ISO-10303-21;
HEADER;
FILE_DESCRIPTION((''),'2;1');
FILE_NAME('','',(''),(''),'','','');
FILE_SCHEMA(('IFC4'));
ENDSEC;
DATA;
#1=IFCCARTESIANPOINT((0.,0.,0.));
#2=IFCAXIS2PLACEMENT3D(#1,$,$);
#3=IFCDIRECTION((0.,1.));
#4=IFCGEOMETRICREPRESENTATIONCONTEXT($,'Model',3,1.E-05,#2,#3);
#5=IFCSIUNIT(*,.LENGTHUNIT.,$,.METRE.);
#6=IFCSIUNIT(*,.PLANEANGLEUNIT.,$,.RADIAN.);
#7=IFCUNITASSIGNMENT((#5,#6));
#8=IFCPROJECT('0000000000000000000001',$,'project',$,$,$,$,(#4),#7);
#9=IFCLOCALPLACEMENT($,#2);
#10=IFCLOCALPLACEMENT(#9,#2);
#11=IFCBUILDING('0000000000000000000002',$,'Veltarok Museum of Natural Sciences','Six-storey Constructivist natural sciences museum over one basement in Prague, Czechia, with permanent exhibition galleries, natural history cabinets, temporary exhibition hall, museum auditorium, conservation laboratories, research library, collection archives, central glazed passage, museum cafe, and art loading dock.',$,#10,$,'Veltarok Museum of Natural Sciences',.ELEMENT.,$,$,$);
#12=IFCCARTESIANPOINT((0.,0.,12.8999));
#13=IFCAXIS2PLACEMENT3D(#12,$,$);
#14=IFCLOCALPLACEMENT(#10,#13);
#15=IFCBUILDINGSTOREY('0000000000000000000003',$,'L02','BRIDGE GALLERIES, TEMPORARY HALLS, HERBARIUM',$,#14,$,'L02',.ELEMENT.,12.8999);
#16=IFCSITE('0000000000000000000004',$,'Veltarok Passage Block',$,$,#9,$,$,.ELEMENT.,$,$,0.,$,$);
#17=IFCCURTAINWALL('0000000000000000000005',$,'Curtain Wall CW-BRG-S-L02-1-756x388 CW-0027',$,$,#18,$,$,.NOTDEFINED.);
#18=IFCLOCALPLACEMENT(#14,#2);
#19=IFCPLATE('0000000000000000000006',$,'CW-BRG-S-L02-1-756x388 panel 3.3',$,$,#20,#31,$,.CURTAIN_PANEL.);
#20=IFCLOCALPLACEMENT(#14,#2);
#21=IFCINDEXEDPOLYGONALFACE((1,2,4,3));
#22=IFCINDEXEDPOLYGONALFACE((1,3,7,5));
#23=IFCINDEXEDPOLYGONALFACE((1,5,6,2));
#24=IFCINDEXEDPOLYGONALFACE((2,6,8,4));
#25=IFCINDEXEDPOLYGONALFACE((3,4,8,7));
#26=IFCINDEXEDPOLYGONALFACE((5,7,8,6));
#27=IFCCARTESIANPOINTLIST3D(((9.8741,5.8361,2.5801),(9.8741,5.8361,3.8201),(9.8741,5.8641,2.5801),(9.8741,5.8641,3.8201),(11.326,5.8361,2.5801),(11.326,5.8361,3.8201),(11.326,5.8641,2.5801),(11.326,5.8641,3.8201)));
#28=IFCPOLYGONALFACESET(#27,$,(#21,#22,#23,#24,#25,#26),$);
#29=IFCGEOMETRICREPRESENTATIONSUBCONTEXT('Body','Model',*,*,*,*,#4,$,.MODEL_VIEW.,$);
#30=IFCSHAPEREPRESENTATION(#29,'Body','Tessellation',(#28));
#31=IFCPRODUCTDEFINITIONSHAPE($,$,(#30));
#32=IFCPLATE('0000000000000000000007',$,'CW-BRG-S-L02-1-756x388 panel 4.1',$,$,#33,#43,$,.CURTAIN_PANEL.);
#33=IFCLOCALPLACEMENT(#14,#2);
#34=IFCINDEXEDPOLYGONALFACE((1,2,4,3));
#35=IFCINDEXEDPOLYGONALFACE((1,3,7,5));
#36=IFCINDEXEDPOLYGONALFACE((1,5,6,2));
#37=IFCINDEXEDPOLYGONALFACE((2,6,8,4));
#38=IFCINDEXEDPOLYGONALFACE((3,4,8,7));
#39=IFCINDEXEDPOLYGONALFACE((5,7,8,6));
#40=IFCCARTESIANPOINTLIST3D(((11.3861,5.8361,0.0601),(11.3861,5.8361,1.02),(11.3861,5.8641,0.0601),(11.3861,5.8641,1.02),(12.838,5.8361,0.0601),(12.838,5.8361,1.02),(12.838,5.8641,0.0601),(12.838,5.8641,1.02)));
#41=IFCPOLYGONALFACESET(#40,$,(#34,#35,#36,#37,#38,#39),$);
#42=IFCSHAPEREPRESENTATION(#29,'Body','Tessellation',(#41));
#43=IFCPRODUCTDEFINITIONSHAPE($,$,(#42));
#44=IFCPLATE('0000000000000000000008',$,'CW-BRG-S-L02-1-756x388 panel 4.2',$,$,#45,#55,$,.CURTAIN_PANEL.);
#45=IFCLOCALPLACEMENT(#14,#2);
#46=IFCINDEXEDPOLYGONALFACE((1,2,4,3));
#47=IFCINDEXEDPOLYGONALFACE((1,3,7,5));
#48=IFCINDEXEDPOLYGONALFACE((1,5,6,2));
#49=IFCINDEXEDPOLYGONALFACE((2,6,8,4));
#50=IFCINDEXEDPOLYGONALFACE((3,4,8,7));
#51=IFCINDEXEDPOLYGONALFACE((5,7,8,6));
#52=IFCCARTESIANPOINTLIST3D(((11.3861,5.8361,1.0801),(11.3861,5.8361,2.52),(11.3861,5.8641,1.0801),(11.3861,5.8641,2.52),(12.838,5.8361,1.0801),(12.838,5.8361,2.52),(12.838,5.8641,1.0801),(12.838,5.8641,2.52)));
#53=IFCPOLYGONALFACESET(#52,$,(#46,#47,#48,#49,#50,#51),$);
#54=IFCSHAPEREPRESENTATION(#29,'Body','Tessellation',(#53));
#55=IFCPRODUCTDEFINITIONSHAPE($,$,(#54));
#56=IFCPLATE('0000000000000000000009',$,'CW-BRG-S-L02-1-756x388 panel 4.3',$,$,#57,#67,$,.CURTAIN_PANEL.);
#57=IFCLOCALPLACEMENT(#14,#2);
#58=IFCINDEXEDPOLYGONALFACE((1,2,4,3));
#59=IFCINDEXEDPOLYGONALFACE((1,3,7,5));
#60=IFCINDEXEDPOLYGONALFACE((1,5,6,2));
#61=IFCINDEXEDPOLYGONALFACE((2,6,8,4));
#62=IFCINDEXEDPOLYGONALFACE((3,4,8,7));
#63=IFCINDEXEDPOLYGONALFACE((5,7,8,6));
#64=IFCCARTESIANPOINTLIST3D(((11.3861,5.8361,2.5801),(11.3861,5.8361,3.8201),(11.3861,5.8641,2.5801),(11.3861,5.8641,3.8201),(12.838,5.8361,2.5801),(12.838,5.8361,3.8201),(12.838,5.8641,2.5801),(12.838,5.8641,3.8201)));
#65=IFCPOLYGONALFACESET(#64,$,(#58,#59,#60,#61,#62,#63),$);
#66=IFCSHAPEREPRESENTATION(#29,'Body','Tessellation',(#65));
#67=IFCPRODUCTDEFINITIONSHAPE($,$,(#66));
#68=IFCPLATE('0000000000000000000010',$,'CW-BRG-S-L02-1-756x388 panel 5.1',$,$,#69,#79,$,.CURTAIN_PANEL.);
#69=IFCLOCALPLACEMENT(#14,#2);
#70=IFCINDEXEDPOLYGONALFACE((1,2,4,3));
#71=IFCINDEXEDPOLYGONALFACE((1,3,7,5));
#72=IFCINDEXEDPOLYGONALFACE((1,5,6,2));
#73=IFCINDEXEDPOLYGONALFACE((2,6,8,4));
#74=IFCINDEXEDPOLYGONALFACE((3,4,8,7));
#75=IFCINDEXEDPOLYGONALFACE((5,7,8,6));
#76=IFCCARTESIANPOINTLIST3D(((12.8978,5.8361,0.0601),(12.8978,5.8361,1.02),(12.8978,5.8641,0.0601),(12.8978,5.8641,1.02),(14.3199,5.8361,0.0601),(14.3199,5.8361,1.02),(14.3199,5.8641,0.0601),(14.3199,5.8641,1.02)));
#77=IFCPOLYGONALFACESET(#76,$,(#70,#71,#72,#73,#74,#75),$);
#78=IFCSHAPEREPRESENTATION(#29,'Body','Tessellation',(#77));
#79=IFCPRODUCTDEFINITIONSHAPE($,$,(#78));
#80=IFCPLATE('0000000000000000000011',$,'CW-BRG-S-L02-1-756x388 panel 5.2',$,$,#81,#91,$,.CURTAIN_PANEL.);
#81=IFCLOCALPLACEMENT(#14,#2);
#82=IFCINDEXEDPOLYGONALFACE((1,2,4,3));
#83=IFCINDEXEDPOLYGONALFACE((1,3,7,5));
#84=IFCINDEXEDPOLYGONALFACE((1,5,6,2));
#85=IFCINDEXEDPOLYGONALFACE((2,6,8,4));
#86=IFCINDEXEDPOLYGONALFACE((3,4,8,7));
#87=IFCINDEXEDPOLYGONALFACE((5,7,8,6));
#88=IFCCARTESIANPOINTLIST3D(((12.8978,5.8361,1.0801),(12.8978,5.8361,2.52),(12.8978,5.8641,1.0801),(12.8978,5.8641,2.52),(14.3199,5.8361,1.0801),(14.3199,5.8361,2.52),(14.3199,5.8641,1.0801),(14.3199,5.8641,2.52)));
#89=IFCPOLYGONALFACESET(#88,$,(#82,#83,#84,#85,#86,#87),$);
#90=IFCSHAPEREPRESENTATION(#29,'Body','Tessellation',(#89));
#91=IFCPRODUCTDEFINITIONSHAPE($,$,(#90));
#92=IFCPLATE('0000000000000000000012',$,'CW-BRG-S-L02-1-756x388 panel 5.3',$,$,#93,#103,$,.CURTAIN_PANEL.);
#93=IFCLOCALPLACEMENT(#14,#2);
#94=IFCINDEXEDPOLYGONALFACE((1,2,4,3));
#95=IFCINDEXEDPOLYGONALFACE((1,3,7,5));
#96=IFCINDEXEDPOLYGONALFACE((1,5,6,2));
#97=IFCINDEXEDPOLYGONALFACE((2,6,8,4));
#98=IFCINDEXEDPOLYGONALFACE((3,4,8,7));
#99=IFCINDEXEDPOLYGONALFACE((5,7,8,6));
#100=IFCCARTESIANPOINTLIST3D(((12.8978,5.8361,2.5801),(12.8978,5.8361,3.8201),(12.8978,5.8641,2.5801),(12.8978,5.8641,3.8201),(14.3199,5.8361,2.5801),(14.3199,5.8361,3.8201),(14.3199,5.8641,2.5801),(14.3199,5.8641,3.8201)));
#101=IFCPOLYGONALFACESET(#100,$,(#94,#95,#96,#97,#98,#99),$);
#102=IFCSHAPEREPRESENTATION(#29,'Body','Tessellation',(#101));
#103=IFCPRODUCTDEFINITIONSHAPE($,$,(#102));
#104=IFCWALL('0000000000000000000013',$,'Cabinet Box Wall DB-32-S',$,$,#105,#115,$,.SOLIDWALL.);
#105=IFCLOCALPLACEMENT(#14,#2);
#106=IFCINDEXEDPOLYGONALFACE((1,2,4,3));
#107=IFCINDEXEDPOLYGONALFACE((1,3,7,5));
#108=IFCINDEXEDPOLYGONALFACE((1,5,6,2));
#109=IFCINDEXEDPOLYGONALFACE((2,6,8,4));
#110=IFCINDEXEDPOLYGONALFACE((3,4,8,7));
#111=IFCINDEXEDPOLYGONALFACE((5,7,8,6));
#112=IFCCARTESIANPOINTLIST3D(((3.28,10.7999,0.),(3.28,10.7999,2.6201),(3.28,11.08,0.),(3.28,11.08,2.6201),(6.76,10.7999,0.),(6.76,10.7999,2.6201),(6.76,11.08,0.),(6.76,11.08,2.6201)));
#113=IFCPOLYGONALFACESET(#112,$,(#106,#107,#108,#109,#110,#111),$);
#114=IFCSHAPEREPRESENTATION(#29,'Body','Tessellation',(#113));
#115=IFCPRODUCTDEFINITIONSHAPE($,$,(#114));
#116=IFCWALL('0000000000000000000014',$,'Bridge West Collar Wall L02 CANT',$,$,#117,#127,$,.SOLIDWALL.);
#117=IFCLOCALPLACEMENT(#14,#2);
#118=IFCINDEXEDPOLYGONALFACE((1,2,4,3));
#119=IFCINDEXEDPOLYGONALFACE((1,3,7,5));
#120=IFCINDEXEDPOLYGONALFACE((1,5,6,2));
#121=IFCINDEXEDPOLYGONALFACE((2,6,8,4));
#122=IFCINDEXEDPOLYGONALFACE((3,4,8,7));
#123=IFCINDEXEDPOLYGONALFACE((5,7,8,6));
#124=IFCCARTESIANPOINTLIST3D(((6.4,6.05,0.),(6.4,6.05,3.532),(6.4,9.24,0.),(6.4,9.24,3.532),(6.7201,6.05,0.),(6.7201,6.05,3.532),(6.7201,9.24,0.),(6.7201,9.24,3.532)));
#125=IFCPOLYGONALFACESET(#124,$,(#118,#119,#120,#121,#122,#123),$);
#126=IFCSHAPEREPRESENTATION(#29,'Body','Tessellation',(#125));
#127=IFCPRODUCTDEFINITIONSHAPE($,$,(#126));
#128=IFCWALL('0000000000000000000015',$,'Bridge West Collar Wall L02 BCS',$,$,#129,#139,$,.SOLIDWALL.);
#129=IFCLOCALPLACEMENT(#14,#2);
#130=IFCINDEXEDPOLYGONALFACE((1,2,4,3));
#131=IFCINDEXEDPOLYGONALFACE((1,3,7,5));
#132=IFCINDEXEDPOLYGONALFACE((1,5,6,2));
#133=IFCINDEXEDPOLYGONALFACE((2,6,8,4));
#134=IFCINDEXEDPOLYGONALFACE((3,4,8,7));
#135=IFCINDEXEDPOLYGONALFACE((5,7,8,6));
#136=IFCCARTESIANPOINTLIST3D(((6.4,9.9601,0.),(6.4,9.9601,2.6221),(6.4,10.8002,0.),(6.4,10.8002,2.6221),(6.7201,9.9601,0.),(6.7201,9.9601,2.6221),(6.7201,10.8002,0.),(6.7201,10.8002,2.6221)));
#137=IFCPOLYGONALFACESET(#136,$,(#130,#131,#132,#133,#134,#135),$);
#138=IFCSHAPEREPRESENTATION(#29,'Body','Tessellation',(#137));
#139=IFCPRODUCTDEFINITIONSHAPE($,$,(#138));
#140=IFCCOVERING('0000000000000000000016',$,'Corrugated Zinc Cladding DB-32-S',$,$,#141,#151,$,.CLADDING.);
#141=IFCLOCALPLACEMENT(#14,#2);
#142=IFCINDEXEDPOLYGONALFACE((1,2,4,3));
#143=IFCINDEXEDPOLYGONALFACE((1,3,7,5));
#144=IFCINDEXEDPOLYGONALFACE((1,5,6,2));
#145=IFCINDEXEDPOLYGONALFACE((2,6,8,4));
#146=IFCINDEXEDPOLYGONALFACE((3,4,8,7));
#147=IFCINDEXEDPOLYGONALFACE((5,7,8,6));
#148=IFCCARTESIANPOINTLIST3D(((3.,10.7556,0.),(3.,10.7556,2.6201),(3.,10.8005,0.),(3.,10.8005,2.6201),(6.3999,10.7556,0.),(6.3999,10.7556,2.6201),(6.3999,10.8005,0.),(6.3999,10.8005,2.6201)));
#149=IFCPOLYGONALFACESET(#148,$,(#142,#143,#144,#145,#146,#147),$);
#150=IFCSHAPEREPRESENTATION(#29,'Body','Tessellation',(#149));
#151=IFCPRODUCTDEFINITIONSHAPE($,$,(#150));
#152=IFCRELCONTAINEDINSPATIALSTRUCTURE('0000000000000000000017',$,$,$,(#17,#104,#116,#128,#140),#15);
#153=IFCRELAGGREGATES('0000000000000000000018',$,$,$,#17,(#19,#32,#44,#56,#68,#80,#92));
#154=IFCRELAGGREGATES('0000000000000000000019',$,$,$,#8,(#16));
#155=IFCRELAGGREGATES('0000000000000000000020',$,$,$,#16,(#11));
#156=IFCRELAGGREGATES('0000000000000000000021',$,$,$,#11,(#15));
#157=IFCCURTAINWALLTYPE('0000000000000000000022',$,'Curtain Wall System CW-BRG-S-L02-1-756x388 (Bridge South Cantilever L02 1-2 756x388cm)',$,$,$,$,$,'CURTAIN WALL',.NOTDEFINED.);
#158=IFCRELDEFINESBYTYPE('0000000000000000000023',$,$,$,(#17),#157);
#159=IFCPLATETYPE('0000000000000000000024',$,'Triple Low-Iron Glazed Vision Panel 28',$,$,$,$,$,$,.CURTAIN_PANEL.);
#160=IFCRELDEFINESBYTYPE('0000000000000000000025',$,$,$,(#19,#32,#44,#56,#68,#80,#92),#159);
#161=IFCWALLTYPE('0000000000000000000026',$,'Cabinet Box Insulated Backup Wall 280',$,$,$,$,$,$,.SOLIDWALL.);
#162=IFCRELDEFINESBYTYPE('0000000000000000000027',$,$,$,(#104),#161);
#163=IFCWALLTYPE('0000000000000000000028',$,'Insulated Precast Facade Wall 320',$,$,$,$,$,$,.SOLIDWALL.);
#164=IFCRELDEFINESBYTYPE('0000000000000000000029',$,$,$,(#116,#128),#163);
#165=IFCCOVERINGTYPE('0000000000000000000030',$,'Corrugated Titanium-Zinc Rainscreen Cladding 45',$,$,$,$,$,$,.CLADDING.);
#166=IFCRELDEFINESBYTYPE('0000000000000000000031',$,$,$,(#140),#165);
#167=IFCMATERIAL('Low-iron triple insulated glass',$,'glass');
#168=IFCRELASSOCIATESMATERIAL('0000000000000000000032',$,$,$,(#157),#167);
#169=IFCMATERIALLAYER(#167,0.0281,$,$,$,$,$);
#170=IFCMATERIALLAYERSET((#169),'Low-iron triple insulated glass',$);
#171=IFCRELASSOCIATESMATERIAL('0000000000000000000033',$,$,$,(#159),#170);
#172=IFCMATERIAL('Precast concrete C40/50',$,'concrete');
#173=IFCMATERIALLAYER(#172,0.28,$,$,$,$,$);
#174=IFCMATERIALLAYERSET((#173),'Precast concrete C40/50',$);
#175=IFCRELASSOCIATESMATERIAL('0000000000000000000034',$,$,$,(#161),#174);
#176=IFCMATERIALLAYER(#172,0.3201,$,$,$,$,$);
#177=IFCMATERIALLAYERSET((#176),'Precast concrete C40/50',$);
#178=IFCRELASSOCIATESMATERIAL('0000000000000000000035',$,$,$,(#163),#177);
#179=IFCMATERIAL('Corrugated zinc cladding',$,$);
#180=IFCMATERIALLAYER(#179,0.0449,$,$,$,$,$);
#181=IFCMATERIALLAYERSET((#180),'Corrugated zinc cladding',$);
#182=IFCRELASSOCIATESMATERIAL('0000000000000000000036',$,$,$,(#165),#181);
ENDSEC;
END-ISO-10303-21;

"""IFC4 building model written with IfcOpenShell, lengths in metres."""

from ifc_helpers import new_model, si_unit, direction, frame, frame_2d, origin, origin_2d, place, context, subcontext, project, spatial, rectangle, extrude, material, layer, layer_set, type_object, element, aggregate, save


model = new_model("IFC4")

# Units and contexts
model_context = context("Model", 3, precision=1e-05, world=origin(), true_north=direction((0.0, 1.0)))
body_context = subcontext(model_context, "Body", "Model", "MODEL_VIEW")
ifc_project = project(units=[si_unit("LENGTHUNIT", "METRE"), si_unit("PLANEANGLEUNIT", "RADIAN")], contexts=[model_context])

# Site, building, storey
site_placement = place(None, origin())
site = spatial("IfcSite", under=ifc_project, at=site_placement, Name="Veltarok Passage Block", CompositionType="ELEMENT", RefElevation=0.0)
building_placement = place(site_placement, origin())
building = spatial("IfcBuilding", under=site, at=building_placement, Name="Veltarok Museum of Natural Sciences", Description="Six-storey Constructivist natural sciences museum over one basement in Prague, Czechia, with permanent exhibition galleries, natural history cabinets, temporary exhibition hall, museum auditorium, conservation laboratories, research library, collection archives, central glazed passage, museum cafe, and art loading dock.", LongName="Veltarok Museum of Natural Sciences", CompositionType="ELEMENT")
storey_placement = place(building_placement, frame((0.0, 0.0, 12.8999)))
storey = spatial("IfcBuildingStorey", under=building, at=storey_placement, Name="L02", Description="BRIDGE GALLERIES, TEMPORARY HALLS, HERBARIUM", LongName="L02", CompositionType="ELEMENT", Elevation=12.8999)

# Curtain wall
ifc_material_1 = material(Name="Low-iron triple insulated glass", Category="glass")
curtain_wall_type = type_object("IfcCurtainWallType", Name="Curtain Wall System CW-BRG-S-L02-1-756x388 (Bridge South Cantilever L02 1-2 756x388cm)", ElementType="CURTAIN WALL", PredefinedType="NOTDEFINED", material=ifc_material_1)
curtain_wall_placement = place(storey_placement, origin())
curtain_wall = element("IfcCurtainWall", 1, at=curtain_wall_placement, inside=storey, type_object=curtain_wall_type, Name="Curtain Wall CW-BRG-S-L02-1-756x388 CW-0027", PredefinedType="NOTDEFINED")

# Plates
ifc_layer_1 = layer(ifc_material_1, 0.0281)
ifc_layer_set_1 = layer_set([ifc_layer_1], Name="Low-iron triple insulated glass")
plate_type_1 = type_object("IfcPlateType", Name="Triple Low-Iron Glazed Vision Panel 28", PredefinedType="CURTAIN_PANEL", material=ifc_layer_set_1)
plate_1_placement = place(storey_placement, frame((10.6001, 5.8501, 2.5801), z_axis=(0.0, 0.0, 1.0), x_axis=(1.0, 0.0, 0.0)))
plate_1 = element("IfcPlate", 2, at=plate_1_placement, type_object=plate_type_1, Name="CW-BRG-S-L02-1-756x388 panel 3.3", PredefinedType="CURTAIN_PANEL", context=body_context, shape_type="SweptSolid", body=[
    extrude(rectangle(XDim=1.4519, YDim=0.0281, at=origin_2d()), origin(), (0.0, 0.0, 1.0), 1.24),
])
plate_2_placement = place(storey_placement, frame((12.1121, 5.8501, 0.0601), z_axis=(0.0, 0.0, 1.0), x_axis=(1.0, 0.0, 0.0)))
plate_2 = element("IfcPlate", 3, at=plate_2_placement, type_object=plate_type_1, Name="CW-BRG-S-L02-1-756x388 panel 4.1", PredefinedType="CURTAIN_PANEL", context=body_context, shape_type="SweptSolid", body=[
    extrude(rectangle(XDim=1.4519, YDim=0.0281, at=origin_2d()), origin(), (0.0, 0.0, 1.0), 0.96),
])
plate_3_placement = place(storey_placement, frame((12.1121, 5.8501, 1.0801), z_axis=(0.0, 0.0, 1.0), x_axis=(1.0, 0.0, 0.0)))
plate_3 = element("IfcPlate", 4, at=plate_3_placement, type_object=plate_type_1, Name="CW-BRG-S-L02-1-756x388 panel 4.2", PredefinedType="CURTAIN_PANEL", context=body_context, shape_type="SweptSolid", body=[
    extrude(rectangle(XDim=1.4519, YDim=0.0281, at=origin_2d()), origin(), (0.0, 0.0, 1.0), 1.4399),
])
plate_4_placement = place(storey_placement, frame((12.1121, 5.8501, 2.5801), z_axis=(0.0, 0.0, 1.0), x_axis=(1.0, 0.0, 0.0)))
plate_4 = element("IfcPlate", 5, at=plate_4_placement, type_object=plate_type_1, Name="CW-BRG-S-L02-1-756x388 panel 4.3", PredefinedType="CURTAIN_PANEL", context=body_context, shape_type="SweptSolid", body=[
    extrude(rectangle(XDim=1.4519, YDim=0.0281, at=origin_2d()), origin(), (0.0, 0.0, 1.0), 1.24),
])
plate_5_placement = place(storey_placement, frame((13.6089, 5.8501, 0.0601), z_axis=(0.0, 0.0, 1.0), x_axis=(1.0, 0.0, 0.0)))
plate_5 = element("IfcPlate", 6, at=plate_5_placement, type_object=plate_type_1, Name="CW-BRG-S-L02-1-756x388 panel 5.1", PredefinedType="CURTAIN_PANEL", context=body_context, shape_type="SweptSolid", body=[
    extrude(rectangle(XDim=1.4221, YDim=0.0281, at=origin_2d()), origin(), (0.0, 0.0, 1.0), 0.96),
])
plate_6_placement = place(storey_placement, frame((13.6089, 5.8501, 1.0801), z_axis=(0.0, 0.0, 1.0), x_axis=(1.0, 0.0, 0.0)))
plate_6 = element("IfcPlate", 7, at=plate_6_placement, type_object=plate_type_1, Name="CW-BRG-S-L02-1-756x388 panel 5.2", PredefinedType="CURTAIN_PANEL", context=body_context, shape_type="SweptSolid", body=[
    extrude(rectangle(XDim=1.4221, YDim=0.0281, at=origin_2d()), origin(), (0.0, 0.0, 1.0), 1.4399),
])
plate_7_placement = place(storey_placement, frame((13.6089, 5.8501, 2.5801), z_axis=(0.0, 0.0, 1.0), x_axis=(1.0, 0.0, 0.0)))
plate_7 = element("IfcPlate", 8, at=plate_7_placement, type_object=plate_type_1, Name="CW-BRG-S-L02-1-756x388 panel 5.3", PredefinedType="CURTAIN_PANEL", context=body_context, shape_type="SweptSolid", body=[
    extrude(rectangle(XDim=1.4221, YDim=0.0281, at=origin_2d()), origin(), (0.0, 0.0, 1.0), 1.24),
])
aggregate(curtain_wall, [plate_1, plate_2, plate_3, plate_4, plate_5, plate_6, plate_7])

# Walls
ifc_material_2 = material(Name="Precast concrete C40/50", Category="concrete")
ifc_layer_2 = layer(ifc_material_2, 0.28)
ifc_layer_set_2 = layer_set([ifc_layer_2], Name="Precast concrete C40/50")
wall_type_1 = type_object("IfcWallType", Name="Cabinet Box Insulated Backup Wall 280", PredefinedType="SOLIDWALL", material=ifc_layer_set_2)
wall_1_placement = place(storey_placement, frame((3.28, 10.9399, 0.0), z_axis=(0.0, 0.0, 1.0), x_axis=(1.0, 0.0, 0.0)))
element("IfcWall", 9, at=wall_1_placement, inside=storey, type_object=wall_type_1, Name="Cabinet Box Wall DB-32-S", PredefinedType="SOLIDWALL", context=body_context, shape_type="SweptSolid", body=[
    extrude(rectangle(XDim=3.48, YDim=0.28, at=frame_2d((1.74, 0.0))), origin(), (0.0, 0.0, 1.0), 2.6201),
])
ifc_layer_3 = layer(ifc_material_2, 0.3201)
ifc_layer_set_3 = layer_set([ifc_layer_3], Name="Precast concrete C40/50")
wall_type_2 = type_object("IfcWallType", Name="Insulated Precast Facade Wall 320", PredefinedType="SOLIDWALL", material=ifc_layer_set_3)
wall_2_placement = place(storey_placement, frame((6.5601, 9.24, 0.0), z_axis=(0.0, 0.0, 1.0), x_axis=(0.0, -1.0, 0.0)))
element("IfcWall", 10, at=wall_2_placement, inside=storey, type_object=wall_type_2, Name="Bridge West Collar Wall L02 CANT", PredefinedType="SOLIDWALL", context=body_context, shape_type="SweptSolid", body=[
    extrude(rectangle(XDim=3.1899, YDim=0.3201, at=frame_2d((1.595, 0.0))), origin(), (0.0, 0.0, 1.0), 3.532),
])
wall_3_placement = place(storey_placement, frame((6.5601, 10.8, 0.0), z_axis=(0.0, 0.0, 1.0), x_axis=(0.0, -1.0, 0.0)))
element("IfcWall", 11, at=wall_3_placement, inside=storey, type_object=wall_type_2, Name="Bridge West Collar Wall L02 BCS", PredefinedType="SOLIDWALL", context=body_context, shape_type="SweptSolid", body=[
    extrude(rectangle(XDim=0.8401, YDim=0.3201, at=frame_2d((0.4199, 0.0))), origin(), (0.0, 0.0, 1.0), 2.6221),
])

# Covering
ifc_material_3 = material(Name="Corrugated zinc cladding")
ifc_layer_4 = layer(ifc_material_3, 0.0449)
ifc_layer_set_4 = layer_set([ifc_layer_4], Name="Corrugated zinc cladding")
covering_type = type_object("IfcCoveringType", Name="Corrugated Titanium-Zinc Rainscreen Cladding 45", PredefinedType="CLADDING", material=ifc_layer_set_4)
covering_placement = place(storey_placement, frame((3.0, 10.7781, 0.0), z_axis=(0.0, 0.0, 1.0), x_axis=(1.0, 0.0, 0.0)))
element("IfcCovering", 12, at=covering_placement, inside=storey, type_object=covering_type, Name="Corrugated Zinc Cladding DB-32-S", PredefinedType="CLADDING", context=body_context, shape_type="SweptSolid", body=[
    extrude(rectangle(XDim=3.3999, YDim=0.0449, at=frame_2d((1.7, 0.0))), origin(), (0.0, 0.0, 1.0), 2.6201),
])

save(model, "model.ifc")
